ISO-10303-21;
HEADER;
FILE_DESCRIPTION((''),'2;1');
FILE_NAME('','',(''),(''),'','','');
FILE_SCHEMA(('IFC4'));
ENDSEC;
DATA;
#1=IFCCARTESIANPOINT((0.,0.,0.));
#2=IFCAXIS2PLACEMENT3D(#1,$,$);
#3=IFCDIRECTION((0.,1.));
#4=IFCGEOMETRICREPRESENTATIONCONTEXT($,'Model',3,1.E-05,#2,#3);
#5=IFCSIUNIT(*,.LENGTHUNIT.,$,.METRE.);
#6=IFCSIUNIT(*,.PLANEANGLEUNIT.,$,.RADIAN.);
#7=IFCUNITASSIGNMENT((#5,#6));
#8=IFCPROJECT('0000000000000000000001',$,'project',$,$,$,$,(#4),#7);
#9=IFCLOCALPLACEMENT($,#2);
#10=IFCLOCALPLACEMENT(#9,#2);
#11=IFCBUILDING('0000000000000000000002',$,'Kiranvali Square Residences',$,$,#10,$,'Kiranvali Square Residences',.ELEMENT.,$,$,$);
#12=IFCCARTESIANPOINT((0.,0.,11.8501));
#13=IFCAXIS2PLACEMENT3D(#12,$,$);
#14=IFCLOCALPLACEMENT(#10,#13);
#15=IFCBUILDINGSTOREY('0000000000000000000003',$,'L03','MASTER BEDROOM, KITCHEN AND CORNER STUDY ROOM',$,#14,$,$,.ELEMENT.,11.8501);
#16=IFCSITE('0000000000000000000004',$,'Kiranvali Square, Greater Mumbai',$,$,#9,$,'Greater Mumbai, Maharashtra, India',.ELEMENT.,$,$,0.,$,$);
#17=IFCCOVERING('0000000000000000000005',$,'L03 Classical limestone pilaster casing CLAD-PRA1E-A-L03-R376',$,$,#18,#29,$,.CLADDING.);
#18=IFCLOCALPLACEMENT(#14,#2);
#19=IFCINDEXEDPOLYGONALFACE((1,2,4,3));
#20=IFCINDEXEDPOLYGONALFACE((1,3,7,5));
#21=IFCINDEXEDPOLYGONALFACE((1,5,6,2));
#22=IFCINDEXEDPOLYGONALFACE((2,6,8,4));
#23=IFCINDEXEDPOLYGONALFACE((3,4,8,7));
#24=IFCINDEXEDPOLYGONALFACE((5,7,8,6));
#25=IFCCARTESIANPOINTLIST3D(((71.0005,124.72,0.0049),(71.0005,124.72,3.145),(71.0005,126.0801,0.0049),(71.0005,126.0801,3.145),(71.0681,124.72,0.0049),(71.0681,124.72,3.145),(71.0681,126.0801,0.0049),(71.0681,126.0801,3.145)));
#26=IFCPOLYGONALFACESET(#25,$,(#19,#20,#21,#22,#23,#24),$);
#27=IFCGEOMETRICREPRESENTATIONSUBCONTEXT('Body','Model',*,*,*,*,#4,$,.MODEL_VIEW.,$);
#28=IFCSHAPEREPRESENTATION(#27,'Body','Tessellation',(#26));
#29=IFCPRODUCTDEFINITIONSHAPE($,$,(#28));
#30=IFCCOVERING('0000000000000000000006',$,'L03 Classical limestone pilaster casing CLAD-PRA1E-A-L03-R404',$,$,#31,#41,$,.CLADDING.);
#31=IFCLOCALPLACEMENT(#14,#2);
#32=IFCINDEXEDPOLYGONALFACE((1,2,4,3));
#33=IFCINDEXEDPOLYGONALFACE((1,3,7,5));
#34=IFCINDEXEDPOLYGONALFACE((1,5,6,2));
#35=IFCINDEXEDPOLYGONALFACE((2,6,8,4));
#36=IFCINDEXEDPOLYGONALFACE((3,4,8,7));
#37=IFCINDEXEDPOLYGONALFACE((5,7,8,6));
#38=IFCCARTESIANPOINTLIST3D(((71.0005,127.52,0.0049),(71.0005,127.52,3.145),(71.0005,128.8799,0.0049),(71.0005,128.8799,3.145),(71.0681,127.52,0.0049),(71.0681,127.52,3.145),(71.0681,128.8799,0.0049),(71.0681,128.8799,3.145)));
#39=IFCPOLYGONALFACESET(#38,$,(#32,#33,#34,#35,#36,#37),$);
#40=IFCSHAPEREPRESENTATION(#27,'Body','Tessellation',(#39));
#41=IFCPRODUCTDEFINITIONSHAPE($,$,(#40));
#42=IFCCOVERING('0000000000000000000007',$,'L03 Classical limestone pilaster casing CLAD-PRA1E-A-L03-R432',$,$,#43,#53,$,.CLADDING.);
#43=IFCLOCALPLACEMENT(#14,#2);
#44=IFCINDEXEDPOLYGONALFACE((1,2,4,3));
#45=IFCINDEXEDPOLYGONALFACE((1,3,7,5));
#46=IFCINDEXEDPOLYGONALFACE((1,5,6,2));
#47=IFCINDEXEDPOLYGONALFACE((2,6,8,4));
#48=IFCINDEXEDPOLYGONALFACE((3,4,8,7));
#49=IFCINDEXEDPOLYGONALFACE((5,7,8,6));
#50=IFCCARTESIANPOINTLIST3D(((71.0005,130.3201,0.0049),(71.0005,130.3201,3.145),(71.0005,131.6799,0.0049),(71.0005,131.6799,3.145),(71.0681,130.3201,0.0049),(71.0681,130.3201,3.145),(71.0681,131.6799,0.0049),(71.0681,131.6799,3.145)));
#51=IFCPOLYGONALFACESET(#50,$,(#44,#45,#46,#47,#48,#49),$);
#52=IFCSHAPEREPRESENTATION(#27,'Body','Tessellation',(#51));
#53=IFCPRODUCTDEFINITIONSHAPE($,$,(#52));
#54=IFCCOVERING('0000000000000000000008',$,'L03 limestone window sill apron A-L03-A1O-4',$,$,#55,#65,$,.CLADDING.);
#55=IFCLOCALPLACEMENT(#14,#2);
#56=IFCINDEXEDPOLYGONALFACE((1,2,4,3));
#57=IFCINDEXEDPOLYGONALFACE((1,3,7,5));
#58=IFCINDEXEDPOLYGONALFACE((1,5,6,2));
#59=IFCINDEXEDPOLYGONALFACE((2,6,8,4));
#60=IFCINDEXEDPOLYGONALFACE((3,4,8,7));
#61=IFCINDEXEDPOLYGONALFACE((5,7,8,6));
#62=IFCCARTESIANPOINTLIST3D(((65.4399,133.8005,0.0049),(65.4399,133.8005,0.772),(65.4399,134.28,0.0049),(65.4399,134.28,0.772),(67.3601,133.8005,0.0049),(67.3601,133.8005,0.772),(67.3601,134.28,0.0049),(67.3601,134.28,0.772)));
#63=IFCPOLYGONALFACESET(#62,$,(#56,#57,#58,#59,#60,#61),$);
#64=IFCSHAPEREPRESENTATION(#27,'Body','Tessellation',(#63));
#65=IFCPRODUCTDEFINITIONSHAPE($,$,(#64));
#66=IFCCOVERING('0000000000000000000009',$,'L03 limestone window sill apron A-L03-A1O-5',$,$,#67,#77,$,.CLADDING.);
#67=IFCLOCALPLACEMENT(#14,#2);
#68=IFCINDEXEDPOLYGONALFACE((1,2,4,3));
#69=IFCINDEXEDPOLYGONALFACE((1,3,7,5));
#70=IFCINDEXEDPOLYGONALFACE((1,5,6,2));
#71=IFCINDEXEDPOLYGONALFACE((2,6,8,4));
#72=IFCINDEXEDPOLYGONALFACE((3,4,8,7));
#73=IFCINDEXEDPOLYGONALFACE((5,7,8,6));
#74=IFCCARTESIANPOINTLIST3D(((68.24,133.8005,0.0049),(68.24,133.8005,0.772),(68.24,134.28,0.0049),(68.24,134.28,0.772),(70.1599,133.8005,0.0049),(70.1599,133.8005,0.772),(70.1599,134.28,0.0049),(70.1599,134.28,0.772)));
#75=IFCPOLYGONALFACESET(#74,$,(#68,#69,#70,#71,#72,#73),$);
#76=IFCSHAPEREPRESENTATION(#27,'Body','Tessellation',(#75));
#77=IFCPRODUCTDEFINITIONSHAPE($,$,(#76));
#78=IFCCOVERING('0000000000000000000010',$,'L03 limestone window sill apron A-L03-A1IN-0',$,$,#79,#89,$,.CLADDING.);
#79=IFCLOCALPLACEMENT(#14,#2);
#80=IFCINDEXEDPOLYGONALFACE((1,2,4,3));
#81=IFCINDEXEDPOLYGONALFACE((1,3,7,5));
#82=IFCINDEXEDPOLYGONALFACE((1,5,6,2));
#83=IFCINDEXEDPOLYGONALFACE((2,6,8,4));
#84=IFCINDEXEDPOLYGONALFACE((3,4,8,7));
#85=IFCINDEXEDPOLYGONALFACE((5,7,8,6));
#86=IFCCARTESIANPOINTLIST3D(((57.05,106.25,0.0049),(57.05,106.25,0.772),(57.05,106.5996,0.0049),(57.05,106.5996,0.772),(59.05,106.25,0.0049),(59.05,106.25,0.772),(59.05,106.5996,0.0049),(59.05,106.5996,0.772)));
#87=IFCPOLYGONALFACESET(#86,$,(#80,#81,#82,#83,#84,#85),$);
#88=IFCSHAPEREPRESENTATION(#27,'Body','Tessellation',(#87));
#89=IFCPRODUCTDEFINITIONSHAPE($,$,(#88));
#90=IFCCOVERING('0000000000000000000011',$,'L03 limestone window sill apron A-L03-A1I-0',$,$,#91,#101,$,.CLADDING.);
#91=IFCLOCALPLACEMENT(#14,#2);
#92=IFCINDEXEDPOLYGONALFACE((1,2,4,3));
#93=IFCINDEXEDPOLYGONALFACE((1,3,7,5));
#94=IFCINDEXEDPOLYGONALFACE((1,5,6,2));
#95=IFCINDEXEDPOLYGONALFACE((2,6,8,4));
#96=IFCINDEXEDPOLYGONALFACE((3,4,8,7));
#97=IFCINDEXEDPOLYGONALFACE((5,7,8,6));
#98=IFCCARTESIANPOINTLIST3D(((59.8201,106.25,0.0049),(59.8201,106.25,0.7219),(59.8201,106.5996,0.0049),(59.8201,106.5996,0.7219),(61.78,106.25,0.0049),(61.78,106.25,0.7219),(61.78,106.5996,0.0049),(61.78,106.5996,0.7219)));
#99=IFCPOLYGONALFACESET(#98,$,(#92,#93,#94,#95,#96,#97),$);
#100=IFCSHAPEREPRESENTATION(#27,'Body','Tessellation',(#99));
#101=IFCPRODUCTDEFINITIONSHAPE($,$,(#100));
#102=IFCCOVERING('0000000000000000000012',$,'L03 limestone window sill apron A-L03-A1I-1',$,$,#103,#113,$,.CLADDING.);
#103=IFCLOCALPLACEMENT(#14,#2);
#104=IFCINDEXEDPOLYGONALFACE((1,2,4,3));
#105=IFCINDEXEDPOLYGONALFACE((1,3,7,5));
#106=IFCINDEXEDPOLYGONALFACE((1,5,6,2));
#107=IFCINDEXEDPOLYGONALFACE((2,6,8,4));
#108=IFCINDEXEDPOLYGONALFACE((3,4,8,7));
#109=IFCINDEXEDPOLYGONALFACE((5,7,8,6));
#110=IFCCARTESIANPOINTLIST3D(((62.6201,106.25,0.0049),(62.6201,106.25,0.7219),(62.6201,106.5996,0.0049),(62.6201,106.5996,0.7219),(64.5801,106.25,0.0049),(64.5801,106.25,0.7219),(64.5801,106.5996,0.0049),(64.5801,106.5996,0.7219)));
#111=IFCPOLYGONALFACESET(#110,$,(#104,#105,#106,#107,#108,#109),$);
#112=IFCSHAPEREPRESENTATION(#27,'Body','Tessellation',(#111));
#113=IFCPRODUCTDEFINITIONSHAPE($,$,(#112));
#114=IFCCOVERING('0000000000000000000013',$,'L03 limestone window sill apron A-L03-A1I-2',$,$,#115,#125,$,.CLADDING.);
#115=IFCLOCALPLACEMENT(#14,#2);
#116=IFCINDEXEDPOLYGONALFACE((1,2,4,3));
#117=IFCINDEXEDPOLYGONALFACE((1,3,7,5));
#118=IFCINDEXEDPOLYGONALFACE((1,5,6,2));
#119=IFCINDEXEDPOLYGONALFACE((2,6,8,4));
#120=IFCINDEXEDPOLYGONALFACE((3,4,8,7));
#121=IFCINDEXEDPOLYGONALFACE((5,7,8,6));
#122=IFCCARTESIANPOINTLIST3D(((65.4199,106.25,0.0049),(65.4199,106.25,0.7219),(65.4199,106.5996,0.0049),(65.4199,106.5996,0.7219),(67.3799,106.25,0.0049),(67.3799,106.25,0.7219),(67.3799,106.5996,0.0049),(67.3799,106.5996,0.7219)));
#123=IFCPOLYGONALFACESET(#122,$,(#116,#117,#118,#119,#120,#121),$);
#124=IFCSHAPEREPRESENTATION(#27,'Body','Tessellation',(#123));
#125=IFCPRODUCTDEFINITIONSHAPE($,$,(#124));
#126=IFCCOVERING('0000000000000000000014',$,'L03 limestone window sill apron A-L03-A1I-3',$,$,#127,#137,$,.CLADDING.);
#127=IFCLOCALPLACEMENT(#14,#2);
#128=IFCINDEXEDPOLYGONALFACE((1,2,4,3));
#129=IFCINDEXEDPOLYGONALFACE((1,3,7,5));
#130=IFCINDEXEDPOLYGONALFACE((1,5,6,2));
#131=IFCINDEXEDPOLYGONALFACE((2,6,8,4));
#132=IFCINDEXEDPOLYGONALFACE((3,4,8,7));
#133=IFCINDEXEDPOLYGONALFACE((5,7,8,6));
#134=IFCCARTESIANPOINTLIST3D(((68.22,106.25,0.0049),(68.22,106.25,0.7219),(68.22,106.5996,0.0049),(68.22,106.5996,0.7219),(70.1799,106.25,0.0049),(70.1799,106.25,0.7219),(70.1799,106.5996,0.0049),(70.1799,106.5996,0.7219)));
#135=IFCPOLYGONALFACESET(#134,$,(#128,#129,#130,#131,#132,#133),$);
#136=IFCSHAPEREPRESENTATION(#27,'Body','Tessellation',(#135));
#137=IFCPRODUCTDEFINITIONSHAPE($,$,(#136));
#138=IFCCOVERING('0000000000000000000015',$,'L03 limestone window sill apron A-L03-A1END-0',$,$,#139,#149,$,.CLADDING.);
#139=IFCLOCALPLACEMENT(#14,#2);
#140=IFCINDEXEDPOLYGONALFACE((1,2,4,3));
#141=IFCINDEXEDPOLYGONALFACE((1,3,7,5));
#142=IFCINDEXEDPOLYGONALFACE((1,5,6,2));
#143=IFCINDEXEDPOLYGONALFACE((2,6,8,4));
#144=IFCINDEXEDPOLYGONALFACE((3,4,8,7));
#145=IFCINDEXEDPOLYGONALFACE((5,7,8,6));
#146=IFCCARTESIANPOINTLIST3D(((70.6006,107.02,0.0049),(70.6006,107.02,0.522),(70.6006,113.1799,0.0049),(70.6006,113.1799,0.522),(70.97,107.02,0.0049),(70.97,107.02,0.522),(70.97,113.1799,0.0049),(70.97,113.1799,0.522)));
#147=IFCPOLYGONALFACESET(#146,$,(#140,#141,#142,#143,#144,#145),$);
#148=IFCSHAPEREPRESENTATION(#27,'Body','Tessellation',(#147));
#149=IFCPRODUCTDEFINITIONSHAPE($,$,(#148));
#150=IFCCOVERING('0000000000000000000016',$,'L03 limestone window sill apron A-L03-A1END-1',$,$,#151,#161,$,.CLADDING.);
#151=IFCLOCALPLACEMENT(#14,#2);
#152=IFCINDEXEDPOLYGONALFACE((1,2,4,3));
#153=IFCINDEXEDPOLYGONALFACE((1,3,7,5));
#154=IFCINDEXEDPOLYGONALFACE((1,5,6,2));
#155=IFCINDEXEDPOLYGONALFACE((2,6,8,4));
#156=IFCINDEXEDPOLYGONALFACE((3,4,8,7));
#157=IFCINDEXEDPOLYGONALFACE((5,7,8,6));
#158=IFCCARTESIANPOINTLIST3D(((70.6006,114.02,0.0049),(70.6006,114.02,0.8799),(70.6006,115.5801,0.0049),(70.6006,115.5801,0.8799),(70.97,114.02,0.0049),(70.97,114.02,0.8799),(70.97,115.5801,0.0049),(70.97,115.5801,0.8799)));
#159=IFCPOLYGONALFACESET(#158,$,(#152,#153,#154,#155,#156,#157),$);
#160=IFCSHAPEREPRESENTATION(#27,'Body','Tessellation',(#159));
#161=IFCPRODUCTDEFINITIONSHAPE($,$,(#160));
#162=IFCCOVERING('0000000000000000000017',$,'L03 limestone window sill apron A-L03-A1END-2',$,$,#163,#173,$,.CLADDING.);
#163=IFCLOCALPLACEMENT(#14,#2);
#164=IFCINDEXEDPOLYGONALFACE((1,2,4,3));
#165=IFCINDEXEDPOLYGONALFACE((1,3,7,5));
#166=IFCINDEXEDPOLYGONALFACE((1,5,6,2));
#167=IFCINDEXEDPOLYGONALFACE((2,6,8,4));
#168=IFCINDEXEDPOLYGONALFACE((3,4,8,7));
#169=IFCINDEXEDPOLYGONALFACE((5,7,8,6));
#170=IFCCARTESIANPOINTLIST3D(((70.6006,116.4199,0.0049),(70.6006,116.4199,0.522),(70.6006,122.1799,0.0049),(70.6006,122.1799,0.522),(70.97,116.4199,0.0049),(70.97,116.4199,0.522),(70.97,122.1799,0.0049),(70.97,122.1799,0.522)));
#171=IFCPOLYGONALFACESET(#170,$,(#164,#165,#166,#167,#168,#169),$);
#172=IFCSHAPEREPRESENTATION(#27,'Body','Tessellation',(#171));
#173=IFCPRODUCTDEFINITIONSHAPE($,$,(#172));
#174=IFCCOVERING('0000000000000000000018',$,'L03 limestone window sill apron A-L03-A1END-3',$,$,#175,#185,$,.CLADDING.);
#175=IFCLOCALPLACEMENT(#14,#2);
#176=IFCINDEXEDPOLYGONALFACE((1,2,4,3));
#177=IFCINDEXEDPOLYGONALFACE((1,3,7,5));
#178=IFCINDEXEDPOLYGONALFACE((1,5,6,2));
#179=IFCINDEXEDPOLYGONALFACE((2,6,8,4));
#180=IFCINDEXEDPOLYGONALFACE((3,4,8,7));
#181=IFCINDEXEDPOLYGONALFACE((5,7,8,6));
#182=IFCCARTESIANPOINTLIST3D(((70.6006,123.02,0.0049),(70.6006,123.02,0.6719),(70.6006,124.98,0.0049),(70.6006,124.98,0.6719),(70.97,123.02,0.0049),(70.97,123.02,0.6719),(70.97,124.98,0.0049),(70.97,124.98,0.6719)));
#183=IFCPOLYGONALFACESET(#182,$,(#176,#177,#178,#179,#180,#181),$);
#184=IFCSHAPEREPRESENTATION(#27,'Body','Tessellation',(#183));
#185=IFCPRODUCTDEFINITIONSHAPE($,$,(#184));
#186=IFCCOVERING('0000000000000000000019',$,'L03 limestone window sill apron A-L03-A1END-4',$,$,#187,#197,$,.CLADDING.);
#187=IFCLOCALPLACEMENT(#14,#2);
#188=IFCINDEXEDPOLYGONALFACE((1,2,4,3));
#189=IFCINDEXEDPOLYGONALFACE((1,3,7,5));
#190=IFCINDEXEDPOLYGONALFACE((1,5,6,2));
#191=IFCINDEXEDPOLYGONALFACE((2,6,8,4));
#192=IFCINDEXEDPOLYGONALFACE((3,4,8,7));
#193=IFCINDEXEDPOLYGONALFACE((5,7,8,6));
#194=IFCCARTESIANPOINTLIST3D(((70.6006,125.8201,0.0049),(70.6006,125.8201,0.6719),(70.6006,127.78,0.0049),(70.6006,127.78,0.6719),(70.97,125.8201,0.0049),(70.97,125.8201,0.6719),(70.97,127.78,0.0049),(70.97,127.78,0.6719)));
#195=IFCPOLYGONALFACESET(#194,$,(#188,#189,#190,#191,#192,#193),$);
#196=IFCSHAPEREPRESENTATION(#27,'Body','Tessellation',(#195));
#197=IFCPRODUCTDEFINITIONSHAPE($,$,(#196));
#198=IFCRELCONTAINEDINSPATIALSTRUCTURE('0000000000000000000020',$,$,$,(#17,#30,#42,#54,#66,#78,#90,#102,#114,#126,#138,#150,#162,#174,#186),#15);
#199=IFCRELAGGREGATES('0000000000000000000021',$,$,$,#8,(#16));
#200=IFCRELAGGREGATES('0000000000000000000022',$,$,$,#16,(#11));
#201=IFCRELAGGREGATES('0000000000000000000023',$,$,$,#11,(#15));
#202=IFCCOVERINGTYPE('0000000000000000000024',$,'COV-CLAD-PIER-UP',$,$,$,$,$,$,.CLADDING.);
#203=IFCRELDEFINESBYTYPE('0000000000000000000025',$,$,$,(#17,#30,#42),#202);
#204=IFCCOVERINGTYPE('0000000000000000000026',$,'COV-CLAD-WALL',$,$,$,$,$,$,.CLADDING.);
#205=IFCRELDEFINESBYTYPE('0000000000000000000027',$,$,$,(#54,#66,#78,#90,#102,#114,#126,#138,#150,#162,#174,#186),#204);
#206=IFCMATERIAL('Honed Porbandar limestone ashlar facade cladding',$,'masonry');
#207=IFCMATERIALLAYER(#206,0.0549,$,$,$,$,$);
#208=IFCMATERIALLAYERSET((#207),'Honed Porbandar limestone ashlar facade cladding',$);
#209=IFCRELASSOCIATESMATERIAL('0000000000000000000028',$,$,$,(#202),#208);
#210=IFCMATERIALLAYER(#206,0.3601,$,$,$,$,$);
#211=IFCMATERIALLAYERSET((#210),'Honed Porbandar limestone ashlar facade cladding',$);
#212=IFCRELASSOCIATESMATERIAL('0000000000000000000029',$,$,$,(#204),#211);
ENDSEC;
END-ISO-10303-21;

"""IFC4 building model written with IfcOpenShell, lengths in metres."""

from ifc_helpers import new_model, si_unit, direction, frame, origin, place, context, subcontext, project, spatial, polyline, outline, extrude, material, layer, layer_set, type_object, element, save


model = new_model("IFC4")

# Units and contexts
model_context = context("Model", 3, precision=1e-05, world=origin(), true_north=direction((0.0, 1.0)))
body_context = subcontext(model_context, "Body", "Model", "MODEL_VIEW")
ifc_project = project(units=[si_unit("LENGTHUNIT", "METRE"), si_unit("PLANEANGLEUNIT", "RADIAN")], contexts=[model_context])

# Site, building, storey
site_placement = place(None, origin())
site = spatial("IfcSite", under=ifc_project, at=site_placement, Name="Kiranvali Square, Greater Mumbai", LongName="Greater Mumbai, Maharashtra, India", CompositionType="ELEMENT", RefElevation=0.0)
building_placement = place(site_placement, origin())
building = spatial("IfcBuilding", under=site, at=building_placement, Name="Kiranvali Square Residences", LongName="Kiranvali Square Residences", CompositionType="ELEMENT")
storey_placement = place(building_placement, frame((0.0, 0.0, 11.8501)))
storey = spatial("IfcBuildingStorey", under=building, at=storey_placement, Name="L03", Description="MASTER BEDROOM, KITCHEN AND CORNER STUDY ROOM", CompositionType="ELEMENT", Elevation=11.8501)

# Coverings
ifc_material = material(Name="Honed Porbandar limestone ashlar facade cladding", Category="masonry")
ifc_layer_1 = layer(ifc_material, 0.0549)
ifc_layer_set_1 = layer_set([ifc_layer_1], Name="Honed Porbandar limestone ashlar facade cladding")
covering_type_1 = type_object("IfcCoveringType", Name="COV-CLAD-PIER-UP", PredefinedType="CLADDING", material=ifc_layer_set_1)
covering_1_placement = place(storey_placement, frame((0.0, 0.0, 0.0049)))
element("IfcCovering", 1, at=covering_1_placement, inside=storey, type_object=covering_type_1, Name="L03 Classical limestone pilaster casing CLAD-PRA1E-A-L03-R376", PredefinedType="CLADDING", context=body_context, shape_type="SweptSolid", body=[
    extrude(outline(polyline([(71.0681, 124.72), (71.0681, 126.0801), (71.0005, 126.0801), (71.0005, 124.72), (71.0681, 124.72)])), origin(), (0.0, 0.0, 1.0), 3.1401),
])
covering_2_placement = place(storey_placement, frame((0.0, 0.0, 0.0049)))
element("IfcCovering", 2, at=covering_2_placement, inside=storey, type_object=covering_type_1, Name="L03 Classical limestone pilaster casing CLAD-PRA1E-A-L03-R404", PredefinedType="CLADDING", context=body_context, shape_type="SweptSolid", body=[
    extrude(outline(polyline([(71.0681, 127.52), (71.0681, 128.8799), (71.0005, 128.8799), (71.0005, 127.52), (71.0681, 127.52)])), origin(), (0.0, 0.0, 1.0), 3.1401),
])
covering_3_placement = place(storey_placement, frame((0.0, 0.0, 0.0049)))
element("IfcCovering", 3, at=covering_3_placement, inside=storey, type_object=covering_type_1, Name="L03 Classical limestone pilaster casing CLAD-PRA1E-A-L03-R432", PredefinedType="CLADDING", context=body_context, shape_type="SweptSolid", body=[
    extrude(outline(polyline([(71.0681, 130.3201), (71.0681, 131.6799), (71.0005, 131.6799), (71.0005, 130.3201), (71.0681, 130.3201)])), origin(), (0.0, 0.0, 1.0), 3.1401),
])
ifc_layer_2 = layer(ifc_material, 0.3601)
ifc_layer_set_2 = layer_set([ifc_layer_2], Name="Honed Porbandar limestone ashlar facade cladding")
covering_type_2 = type_object("IfcCoveringType", Name="COV-CLAD-WALL", PredefinedType="CLADDING", material=ifc_layer_set_2)
covering_4_placement = place(storey_placement, frame((0.0, 0.0, 0.0049)))
element("IfcCovering", 4, at=covering_4_placement, inside=storey, type_object=covering_type_2, Name="L03 limestone window sill apron A-L03-A1O-4", PredefinedType="CLADDING", context=body_context, shape_type="SweptSolid", body=[
    extrude(outline(polyline([(65.4399, 133.8005), (67.3601, 133.8005), (67.3601, 134.28), (65.4399, 134.28), (65.4399, 133.8005)])), origin(), (0.0, 0.0, 1.0), 0.7671),
])
covering_5_placement = place(storey_placement, frame((0.0, 0.0, 0.0049)))
element("IfcCovering", 5, at=covering_5_placement, inside=storey, type_object=covering_type_2, Name="L03 limestone window sill apron A-L03-A1O-5", PredefinedType="CLADDING", context=body_context, shape_type="SweptSolid", body=[
    extrude(outline(polyline([(68.24, 133.8005), (70.1599, 133.8005), (70.1599, 134.28), (68.24, 134.28), (68.24, 133.8005)])), origin(), (0.0, 0.0, 1.0), 0.7671),
])
covering_6_placement = place(storey_placement, frame((0.0, 0.0, 0.0049)))
element("IfcCovering", 6, at=covering_6_placement, inside=storey, type_object=covering_type_2, Name="L03 limestone window sill apron A-L03-A1IN-0", PredefinedType="CLADDING", context=body_context, shape_type="SweptSolid", body=[
    extrude(outline(polyline([(57.05, 106.25), (59.05, 106.25), (59.05, 106.5996), (57.05, 106.5996), (57.05, 106.25)])), origin(), (0.0, 0.0, 1.0), 0.7671),
])
covering_7_placement = place(storey_placement, frame((0.0, 0.0, 0.0049)))
element("IfcCovering", 7, at=covering_7_placement, inside=storey, type_object=covering_type_2, Name="L03 limestone window sill apron A-L03-A1I-0", PredefinedType="CLADDING", context=body_context, shape_type="SweptSolid", body=[
    extrude(outline(polyline([(59.8201, 106.25), (61.78, 106.25), (61.78, 106.5996), (59.8201, 106.5996), (59.8201, 106.25)])), origin(), (0.0, 0.0, 1.0), 0.717),
])
covering_8_placement = place(storey_placement, frame((0.0, 0.0, 0.0049)))
element("IfcCovering", 8, at=covering_8_placement, inside=storey, type_object=covering_type_2, Name="L03 limestone window sill apron A-L03-A1I-1", PredefinedType="CLADDING", context=body_context, shape_type="SweptSolid", body=[
    extrude(outline(polyline([(62.6201, 106.25), (64.5801, 106.25), (64.5801, 106.5996), (62.6201, 106.5996), (62.6201, 106.25)])), origin(), (0.0, 0.0, 1.0), 0.717),
])
covering_9_placement = place(storey_placement, frame((0.0, 0.0, 0.0049)))
element("IfcCovering", 9, at=covering_9_placement, inside=storey, type_object=covering_type_2, Name="L03 limestone window sill apron A-L03-A1I-2", PredefinedType="CLADDING", context=body_context, shape_type="SweptSolid", body=[
    extrude(outline(polyline([(65.4199, 106.25), (67.3799, 106.25), (67.3799, 106.5996), (65.4199, 106.5996), (65.4199, 106.25)])), origin(), (0.0, 0.0, 1.0), 0.717),
])
covering_10_placement = place(storey_placement, frame((0.0, 0.0, 0.0049)))
element("IfcCovering", 10, at=covering_10_placement, inside=storey, type_object=covering_type_2, Name="L03 limestone window sill apron A-L03-A1I-3", PredefinedType="CLADDING", context=body_context, shape_type="SweptSolid", body=[
    extrude(outline(polyline([(68.22, 106.25), (70.1799, 106.25), (70.1799, 106.5996), (68.22, 106.5996), (68.22, 106.25)])), origin(), (0.0, 0.0, 1.0), 0.717),
])
covering_11_placement = place(storey_placement, frame((0.0, 0.0, 0.0049)))
element("IfcCovering", 11, at=covering_11_placement, inside=storey, type_object=covering_type_2, Name="L03 limestone window sill apron A-L03-A1END-0", PredefinedType="CLADDING", context=body_context, shape_type="SweptSolid", body=[
    extrude(outline(polyline([(70.97, 107.02), (70.97, 113.1799), (70.6006, 113.1799), (70.6006, 107.02), (70.97, 107.02)])), origin(), (0.0, 0.0, 1.0), 0.5171),
])
covering_12_placement = place(storey_placement, frame((0.0, 0.0, 0.0049)))
element("IfcCovering", 12, at=covering_12_placement, inside=storey, type_object=covering_type_2, Name="L03 limestone window sill apron A-L03-A1END-1", PredefinedType="CLADDING", context=body_context, shape_type="SweptSolid", body=[
    extrude(outline(polyline([(70.97, 114.02), (70.97, 115.5801), (70.6006, 115.5801), (70.6006, 114.02), (70.97, 114.02)])), origin(), (0.0, 0.0, 1.0), 0.875),
])
covering_13_placement = place(storey_placement, frame((0.0, 0.0, 0.0049)))
element("IfcCovering", 13, at=covering_13_placement, inside=storey, type_object=covering_type_2, Name="L03 limestone window sill apron A-L03-A1END-2", PredefinedType="CLADDING", context=body_context, shape_type="SweptSolid", body=[
    extrude(outline(polyline([(70.97, 116.4199), (70.97, 122.1799), (70.6006, 122.1799), (70.6006, 116.4199), (70.97, 116.4199)])), origin(), (0.0, 0.0, 1.0), 0.5171),
])
covering_14_placement = place(storey_placement, frame((0.0, 0.0, 0.0049)))
element("IfcCovering", 14, at=covering_14_placement, inside=storey, type_object=covering_type_2, Name="L03 limestone window sill apron A-L03-A1END-3", PredefinedType="CLADDING", context=body_context, shape_type="SweptSolid", body=[
    extrude(outline(polyline([(70.97, 123.02), (70.97, 124.98), (70.6006, 124.98), (70.6006, 123.02), (70.97, 123.02)])), origin(), (0.0, 0.0, 1.0), 0.667),
])
covering_15_placement = place(storey_placement, frame((0.0, 0.0, 0.0049)))
element("IfcCovering", 15, at=covering_15_placement, inside=storey, type_object=covering_type_2, Name="L03 limestone window sill apron A-L03-A1END-4", PredefinedType="CLADDING", context=body_context, shape_type="SweptSolid", body=[
    extrude(outline(polyline([(70.97, 125.8201), (70.97, 127.78), (70.6006, 127.78), (70.6006, 125.8201), (70.97, 125.8201)])), origin(), (0.0, 0.0, 1.0), 0.667),
])

save(model, "model.ifc")
